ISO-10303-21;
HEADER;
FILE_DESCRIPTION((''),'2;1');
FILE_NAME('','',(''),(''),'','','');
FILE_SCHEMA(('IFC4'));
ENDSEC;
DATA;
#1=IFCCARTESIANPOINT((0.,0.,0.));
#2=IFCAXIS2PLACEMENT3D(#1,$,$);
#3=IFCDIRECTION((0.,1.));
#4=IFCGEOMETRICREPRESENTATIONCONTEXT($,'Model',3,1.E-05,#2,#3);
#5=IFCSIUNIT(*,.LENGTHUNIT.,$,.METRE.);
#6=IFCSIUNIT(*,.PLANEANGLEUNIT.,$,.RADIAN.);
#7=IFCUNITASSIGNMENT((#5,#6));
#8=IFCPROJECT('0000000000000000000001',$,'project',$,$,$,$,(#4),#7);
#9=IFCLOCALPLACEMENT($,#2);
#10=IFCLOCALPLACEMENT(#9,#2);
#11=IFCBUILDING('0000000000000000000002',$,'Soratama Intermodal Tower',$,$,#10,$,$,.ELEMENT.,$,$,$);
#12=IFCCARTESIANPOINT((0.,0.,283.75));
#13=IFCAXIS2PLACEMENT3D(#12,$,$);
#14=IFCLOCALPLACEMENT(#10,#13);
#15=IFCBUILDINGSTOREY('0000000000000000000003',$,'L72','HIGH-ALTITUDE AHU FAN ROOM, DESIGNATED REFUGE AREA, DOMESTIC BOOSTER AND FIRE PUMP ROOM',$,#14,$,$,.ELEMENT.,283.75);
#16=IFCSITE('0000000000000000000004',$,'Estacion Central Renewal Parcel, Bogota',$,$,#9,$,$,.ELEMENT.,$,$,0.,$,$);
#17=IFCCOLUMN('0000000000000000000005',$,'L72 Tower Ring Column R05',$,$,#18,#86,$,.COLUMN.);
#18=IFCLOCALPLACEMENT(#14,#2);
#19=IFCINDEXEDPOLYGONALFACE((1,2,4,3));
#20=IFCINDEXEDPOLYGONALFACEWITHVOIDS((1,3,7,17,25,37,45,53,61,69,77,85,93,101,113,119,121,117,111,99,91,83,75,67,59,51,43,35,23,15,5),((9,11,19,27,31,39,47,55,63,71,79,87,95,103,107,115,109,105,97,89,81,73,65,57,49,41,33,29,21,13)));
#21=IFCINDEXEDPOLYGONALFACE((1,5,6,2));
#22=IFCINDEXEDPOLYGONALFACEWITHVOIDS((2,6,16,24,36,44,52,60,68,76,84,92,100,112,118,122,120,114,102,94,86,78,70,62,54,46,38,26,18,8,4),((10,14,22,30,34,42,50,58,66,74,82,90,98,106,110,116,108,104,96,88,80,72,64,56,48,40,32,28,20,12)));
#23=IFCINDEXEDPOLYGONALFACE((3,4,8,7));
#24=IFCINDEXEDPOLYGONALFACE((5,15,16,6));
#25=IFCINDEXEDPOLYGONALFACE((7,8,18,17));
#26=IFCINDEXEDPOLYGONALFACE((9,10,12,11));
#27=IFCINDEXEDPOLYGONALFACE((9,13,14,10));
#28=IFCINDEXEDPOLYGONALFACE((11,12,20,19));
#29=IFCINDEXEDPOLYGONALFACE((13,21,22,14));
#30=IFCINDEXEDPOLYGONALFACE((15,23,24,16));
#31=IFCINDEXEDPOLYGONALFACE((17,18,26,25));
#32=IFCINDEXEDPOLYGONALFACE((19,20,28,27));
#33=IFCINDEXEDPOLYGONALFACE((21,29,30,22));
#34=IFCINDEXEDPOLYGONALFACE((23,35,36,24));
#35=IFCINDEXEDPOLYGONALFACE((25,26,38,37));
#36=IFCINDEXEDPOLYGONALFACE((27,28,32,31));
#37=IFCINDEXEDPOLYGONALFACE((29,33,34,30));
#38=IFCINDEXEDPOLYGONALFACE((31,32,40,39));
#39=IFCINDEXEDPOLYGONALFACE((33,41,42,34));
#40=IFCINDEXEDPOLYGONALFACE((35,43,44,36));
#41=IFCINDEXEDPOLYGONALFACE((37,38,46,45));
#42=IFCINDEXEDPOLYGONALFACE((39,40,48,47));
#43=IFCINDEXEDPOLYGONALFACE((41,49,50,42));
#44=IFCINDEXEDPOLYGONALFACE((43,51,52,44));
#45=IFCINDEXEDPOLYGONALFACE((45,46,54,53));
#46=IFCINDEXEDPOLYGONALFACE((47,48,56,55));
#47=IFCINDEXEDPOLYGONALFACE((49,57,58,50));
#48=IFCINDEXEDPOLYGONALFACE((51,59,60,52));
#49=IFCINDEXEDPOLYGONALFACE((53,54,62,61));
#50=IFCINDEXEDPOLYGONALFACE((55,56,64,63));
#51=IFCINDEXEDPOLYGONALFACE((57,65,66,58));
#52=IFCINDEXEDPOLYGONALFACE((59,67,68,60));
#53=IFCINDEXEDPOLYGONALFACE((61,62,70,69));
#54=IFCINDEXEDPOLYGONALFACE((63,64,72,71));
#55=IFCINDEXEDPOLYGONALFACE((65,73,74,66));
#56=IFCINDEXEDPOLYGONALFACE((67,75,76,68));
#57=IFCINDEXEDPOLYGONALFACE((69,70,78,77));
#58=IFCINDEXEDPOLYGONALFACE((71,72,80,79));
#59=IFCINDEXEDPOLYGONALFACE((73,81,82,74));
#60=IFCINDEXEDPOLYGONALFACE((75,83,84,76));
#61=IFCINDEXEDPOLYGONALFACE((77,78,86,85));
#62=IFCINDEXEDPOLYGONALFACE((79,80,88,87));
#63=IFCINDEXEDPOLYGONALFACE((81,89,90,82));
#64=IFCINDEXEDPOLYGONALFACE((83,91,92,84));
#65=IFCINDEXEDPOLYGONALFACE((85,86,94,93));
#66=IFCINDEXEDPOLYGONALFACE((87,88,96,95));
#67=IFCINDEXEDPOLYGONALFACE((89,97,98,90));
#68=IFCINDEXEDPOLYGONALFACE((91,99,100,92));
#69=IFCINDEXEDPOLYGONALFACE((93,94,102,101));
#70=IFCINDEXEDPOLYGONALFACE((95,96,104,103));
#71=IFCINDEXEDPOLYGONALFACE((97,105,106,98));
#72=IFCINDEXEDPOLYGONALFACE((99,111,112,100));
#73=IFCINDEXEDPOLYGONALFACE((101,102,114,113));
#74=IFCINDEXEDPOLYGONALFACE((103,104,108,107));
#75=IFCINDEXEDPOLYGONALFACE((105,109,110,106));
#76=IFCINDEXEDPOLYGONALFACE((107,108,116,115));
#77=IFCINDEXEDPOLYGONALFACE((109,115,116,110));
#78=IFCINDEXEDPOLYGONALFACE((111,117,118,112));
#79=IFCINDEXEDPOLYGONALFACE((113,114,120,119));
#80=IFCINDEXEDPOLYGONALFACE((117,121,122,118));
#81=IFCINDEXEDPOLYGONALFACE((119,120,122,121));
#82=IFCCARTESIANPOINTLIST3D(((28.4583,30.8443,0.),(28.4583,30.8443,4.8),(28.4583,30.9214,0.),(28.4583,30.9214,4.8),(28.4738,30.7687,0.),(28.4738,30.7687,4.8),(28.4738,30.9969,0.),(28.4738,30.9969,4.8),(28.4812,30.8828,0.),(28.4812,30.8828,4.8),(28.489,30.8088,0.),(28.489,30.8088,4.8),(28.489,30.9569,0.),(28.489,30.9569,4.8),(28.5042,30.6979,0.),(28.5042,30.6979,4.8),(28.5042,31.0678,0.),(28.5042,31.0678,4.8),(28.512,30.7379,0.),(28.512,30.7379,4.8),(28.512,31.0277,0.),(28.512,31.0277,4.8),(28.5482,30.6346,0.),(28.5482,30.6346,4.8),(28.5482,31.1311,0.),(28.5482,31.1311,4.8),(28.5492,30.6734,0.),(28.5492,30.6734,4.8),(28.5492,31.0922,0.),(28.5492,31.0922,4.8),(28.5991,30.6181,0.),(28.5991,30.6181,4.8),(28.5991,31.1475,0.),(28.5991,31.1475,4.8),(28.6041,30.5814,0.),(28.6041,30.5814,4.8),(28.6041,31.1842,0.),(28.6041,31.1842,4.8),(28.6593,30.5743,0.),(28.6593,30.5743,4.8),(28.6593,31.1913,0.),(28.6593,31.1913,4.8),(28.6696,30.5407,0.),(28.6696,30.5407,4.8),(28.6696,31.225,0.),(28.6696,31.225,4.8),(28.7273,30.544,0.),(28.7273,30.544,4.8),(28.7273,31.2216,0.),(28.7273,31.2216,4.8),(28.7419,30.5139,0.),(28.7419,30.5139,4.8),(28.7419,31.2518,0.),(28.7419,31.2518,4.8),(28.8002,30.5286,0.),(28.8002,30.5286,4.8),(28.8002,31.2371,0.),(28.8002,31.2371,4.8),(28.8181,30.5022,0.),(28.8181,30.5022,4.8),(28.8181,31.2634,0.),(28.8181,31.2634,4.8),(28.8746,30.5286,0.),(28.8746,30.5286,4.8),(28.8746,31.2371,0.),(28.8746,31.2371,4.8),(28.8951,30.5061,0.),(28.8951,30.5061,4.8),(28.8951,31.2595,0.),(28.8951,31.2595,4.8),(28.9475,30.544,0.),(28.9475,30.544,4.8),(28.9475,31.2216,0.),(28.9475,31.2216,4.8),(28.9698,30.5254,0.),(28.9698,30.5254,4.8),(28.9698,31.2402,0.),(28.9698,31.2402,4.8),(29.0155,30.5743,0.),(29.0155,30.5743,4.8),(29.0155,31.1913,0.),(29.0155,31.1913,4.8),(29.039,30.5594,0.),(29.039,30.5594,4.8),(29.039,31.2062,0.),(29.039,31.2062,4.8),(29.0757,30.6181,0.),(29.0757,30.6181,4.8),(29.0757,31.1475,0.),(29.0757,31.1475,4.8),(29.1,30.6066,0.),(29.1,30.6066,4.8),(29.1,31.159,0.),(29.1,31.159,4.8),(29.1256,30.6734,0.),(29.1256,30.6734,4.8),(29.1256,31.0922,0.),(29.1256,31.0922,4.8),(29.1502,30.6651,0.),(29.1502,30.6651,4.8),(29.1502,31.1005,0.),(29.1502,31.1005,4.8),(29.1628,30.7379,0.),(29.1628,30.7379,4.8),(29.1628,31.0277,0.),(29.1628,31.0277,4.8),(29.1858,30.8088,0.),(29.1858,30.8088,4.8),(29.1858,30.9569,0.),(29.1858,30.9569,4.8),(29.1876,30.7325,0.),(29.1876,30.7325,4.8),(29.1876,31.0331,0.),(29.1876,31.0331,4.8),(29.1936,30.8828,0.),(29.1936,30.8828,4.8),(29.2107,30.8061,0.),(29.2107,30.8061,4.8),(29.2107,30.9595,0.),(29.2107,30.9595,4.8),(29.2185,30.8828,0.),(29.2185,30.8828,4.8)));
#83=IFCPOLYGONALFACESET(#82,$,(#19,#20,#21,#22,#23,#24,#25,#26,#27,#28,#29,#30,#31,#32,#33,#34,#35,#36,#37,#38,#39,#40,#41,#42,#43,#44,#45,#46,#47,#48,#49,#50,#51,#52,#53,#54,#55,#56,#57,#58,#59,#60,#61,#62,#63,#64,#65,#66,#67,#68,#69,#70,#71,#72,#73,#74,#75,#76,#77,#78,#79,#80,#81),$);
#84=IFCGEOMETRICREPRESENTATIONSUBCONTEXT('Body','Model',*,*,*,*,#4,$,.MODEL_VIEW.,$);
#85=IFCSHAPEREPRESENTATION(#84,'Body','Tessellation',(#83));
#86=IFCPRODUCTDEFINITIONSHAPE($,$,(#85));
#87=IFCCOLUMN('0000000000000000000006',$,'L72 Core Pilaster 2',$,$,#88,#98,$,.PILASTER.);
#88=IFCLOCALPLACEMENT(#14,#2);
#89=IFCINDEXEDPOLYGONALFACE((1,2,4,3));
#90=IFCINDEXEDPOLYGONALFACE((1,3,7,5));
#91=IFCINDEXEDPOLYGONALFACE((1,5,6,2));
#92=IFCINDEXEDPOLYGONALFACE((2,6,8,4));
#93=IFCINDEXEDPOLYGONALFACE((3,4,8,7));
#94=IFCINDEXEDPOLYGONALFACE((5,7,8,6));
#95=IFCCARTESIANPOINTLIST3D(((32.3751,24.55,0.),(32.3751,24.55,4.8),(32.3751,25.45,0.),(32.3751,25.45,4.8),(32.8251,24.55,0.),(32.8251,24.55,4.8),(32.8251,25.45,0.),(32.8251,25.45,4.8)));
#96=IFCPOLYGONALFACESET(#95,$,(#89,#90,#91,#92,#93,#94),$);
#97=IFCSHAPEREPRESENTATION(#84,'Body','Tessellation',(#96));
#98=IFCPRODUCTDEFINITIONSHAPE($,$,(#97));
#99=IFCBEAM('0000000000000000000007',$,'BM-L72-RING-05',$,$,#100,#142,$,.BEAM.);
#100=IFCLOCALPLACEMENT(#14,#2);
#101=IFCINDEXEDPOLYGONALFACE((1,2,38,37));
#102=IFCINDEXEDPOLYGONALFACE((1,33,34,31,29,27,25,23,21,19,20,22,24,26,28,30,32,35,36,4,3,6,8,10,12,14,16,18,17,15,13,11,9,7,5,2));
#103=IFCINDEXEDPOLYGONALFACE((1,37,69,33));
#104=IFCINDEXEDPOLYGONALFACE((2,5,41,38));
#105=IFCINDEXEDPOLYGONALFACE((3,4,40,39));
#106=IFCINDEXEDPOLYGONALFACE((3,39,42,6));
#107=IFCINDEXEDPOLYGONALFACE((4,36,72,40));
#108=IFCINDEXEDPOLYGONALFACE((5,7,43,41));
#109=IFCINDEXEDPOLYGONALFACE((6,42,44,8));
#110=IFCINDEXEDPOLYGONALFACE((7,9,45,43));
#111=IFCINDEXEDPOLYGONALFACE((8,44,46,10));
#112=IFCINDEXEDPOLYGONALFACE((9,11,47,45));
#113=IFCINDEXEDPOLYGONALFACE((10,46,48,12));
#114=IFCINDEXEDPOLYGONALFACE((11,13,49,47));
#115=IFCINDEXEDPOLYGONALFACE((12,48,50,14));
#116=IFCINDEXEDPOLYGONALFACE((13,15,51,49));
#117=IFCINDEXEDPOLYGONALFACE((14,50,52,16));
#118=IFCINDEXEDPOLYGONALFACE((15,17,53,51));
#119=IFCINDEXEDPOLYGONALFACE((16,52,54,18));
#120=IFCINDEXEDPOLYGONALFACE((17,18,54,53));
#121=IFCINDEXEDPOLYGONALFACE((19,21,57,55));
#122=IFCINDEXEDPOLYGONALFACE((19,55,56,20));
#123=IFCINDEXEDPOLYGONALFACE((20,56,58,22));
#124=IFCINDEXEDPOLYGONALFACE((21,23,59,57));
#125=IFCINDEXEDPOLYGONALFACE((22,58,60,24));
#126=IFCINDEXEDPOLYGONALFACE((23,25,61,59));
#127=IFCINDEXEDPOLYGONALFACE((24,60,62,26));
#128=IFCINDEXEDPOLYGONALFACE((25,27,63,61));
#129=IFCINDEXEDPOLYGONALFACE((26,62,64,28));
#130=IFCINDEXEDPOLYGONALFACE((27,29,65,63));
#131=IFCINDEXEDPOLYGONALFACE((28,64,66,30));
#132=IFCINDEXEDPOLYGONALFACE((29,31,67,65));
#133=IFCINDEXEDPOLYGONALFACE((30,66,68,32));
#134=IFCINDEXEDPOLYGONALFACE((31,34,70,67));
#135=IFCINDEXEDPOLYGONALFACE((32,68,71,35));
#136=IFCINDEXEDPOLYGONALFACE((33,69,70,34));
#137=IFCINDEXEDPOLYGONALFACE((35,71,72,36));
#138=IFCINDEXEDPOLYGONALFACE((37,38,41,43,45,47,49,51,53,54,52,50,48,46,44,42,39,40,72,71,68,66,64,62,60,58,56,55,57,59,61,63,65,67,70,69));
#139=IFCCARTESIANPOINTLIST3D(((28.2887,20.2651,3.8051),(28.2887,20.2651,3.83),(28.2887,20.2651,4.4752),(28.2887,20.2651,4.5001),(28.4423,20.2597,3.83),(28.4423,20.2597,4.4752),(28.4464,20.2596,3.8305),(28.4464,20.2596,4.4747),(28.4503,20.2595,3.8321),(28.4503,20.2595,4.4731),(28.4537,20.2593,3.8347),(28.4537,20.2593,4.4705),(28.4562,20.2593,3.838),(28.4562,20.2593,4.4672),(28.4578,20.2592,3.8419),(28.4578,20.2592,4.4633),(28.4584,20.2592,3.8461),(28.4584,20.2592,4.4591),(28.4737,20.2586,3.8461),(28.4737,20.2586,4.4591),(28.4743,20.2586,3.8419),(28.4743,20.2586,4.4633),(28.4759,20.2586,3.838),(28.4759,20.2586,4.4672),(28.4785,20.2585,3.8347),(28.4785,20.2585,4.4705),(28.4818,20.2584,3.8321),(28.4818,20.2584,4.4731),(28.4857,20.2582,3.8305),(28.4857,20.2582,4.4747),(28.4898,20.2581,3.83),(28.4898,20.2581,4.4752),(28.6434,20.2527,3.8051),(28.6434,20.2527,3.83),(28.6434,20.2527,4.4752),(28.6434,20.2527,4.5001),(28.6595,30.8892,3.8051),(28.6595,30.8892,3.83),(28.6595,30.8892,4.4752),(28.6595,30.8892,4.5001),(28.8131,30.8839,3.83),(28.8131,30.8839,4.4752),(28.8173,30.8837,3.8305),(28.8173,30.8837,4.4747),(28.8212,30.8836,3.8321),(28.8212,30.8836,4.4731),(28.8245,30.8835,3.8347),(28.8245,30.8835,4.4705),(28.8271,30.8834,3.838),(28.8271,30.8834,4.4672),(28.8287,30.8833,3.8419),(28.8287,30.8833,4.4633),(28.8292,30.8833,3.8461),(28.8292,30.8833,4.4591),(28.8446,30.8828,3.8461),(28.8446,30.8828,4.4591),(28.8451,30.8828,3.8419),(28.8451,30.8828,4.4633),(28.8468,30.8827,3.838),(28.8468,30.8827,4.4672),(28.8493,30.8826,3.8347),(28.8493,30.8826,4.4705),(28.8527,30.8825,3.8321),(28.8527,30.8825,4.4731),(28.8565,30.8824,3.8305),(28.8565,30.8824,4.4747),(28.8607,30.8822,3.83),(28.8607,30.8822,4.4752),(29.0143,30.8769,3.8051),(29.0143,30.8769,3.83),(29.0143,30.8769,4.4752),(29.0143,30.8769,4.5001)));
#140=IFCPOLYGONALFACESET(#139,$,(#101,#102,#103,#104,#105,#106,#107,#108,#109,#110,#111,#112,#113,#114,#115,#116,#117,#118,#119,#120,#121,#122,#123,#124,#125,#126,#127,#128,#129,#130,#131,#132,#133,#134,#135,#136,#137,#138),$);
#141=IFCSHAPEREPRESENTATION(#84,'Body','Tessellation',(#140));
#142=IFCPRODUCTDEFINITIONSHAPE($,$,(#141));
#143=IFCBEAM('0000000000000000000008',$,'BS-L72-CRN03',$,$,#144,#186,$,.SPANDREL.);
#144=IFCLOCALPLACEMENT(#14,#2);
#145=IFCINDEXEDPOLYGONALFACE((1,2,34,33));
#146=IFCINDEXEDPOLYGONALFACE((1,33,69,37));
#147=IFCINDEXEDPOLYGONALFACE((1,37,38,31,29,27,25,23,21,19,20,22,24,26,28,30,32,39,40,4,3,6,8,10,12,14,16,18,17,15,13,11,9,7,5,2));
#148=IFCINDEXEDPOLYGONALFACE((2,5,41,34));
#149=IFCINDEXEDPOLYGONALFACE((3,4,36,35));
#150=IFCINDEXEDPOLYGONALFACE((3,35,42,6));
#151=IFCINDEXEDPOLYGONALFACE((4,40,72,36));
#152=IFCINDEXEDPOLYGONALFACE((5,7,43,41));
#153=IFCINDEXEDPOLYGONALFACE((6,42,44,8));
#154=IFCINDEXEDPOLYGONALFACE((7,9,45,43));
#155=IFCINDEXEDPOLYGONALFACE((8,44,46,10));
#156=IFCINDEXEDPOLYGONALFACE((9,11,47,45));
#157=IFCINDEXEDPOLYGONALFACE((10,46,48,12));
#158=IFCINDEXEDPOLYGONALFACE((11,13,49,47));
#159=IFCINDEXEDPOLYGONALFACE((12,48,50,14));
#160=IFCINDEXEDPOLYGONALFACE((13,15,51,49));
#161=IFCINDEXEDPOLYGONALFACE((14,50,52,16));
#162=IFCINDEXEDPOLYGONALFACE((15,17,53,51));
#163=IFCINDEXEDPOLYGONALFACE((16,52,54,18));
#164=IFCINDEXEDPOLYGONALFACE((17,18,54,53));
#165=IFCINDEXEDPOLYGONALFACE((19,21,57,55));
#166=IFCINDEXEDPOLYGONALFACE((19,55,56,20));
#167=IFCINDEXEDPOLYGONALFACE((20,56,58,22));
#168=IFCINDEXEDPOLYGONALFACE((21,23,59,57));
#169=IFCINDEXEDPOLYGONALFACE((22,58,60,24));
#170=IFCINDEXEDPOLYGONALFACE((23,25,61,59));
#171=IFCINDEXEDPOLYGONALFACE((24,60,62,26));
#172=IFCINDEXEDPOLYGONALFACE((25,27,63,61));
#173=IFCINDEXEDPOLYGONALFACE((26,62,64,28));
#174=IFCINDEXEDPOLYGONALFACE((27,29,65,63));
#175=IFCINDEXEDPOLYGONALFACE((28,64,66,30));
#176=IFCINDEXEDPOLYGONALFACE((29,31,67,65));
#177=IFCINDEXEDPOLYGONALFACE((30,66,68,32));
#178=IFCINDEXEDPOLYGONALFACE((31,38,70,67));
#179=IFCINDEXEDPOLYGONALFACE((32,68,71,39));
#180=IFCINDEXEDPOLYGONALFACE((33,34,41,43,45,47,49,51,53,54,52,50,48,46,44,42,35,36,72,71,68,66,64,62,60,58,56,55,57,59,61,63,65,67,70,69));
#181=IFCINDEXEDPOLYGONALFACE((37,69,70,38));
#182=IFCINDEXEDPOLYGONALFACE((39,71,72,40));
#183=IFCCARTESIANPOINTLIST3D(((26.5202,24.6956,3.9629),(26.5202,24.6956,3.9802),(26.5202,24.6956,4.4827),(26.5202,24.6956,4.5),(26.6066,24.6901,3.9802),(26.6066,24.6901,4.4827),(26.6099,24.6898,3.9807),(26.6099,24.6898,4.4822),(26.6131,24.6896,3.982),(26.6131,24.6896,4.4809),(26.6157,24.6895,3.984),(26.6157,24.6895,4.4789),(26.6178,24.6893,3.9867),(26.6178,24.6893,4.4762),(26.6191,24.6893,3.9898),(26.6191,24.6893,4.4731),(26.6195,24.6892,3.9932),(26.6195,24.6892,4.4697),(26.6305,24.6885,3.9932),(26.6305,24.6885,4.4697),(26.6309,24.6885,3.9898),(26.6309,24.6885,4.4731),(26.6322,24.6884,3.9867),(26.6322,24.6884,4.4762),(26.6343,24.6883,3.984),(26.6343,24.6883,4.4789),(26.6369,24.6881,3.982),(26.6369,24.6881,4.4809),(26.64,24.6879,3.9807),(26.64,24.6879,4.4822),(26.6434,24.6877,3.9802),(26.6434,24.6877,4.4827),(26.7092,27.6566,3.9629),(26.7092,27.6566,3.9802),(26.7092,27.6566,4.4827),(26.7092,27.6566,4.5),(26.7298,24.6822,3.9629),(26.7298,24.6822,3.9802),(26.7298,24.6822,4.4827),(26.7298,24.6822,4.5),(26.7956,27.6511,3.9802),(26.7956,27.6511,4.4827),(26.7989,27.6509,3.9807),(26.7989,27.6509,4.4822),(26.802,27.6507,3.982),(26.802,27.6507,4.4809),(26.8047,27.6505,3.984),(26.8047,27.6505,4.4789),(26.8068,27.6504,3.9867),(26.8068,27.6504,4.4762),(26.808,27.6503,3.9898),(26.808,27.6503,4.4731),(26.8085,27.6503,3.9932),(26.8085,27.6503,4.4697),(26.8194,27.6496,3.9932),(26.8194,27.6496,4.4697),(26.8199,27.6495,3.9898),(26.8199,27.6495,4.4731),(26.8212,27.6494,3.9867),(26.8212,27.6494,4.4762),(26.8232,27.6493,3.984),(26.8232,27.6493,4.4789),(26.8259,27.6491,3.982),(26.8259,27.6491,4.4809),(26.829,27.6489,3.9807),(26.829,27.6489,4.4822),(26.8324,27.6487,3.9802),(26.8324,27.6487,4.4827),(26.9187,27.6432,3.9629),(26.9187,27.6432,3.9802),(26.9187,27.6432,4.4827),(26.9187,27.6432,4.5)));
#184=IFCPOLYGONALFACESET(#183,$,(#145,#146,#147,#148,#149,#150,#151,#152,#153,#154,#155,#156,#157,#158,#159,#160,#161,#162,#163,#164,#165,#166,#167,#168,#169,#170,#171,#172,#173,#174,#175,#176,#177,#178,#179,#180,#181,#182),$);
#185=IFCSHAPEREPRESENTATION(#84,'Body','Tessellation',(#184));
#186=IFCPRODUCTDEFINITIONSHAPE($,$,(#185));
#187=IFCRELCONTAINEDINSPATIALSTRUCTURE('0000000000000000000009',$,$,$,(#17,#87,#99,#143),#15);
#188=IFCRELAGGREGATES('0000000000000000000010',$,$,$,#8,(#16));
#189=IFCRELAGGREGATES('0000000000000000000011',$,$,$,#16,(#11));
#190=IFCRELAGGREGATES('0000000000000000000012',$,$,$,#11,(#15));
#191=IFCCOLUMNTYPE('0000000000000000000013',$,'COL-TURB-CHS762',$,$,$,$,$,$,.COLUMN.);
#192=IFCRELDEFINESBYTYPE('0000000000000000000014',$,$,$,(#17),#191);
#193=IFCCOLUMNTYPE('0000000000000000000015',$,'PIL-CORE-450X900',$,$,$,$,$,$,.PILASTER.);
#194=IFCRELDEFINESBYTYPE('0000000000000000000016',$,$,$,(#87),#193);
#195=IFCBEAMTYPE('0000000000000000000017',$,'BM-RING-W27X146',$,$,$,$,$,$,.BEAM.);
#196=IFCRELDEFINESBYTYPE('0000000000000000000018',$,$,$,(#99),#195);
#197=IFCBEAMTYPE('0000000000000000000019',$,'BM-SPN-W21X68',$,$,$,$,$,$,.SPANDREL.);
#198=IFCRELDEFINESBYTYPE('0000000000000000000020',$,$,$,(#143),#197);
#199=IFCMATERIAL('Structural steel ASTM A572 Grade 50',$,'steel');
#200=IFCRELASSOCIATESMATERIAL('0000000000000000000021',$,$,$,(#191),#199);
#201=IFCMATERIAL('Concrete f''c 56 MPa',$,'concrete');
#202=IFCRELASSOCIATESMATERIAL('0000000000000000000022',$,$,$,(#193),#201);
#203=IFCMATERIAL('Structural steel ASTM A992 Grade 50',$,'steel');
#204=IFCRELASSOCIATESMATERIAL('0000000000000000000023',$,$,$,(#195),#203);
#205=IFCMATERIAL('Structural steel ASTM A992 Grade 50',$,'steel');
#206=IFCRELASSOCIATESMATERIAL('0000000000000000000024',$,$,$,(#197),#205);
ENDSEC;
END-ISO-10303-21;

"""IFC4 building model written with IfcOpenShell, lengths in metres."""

from ifc_helpers import new_model, si_unit, direction, frame, origin, origin_2d, place, context, subcontext, project, spatial, rectangle, hollow_circle, i_section, extrude, material, material_profile, profile_set, type_object, element, save


model = new_model("IFC4")

# Units and contexts
model_context = context("Model", 3, precision=1e-05, world=origin(), true_north=direction((0.0, 1.0)))
body_context = subcontext(model_context, "Body", "Model", "MODEL_VIEW")
ifc_project = project(units=[si_unit("LENGTHUNIT", "METRE"), si_unit("PLANEANGLEUNIT", "RADIAN")], contexts=[model_context])

# Site, building, storey
site_placement = place(None, origin())
site = spatial("IfcSite", under=ifc_project, at=site_placement, Name="Estacion Central Renewal Parcel, Bogota", CompositionType="ELEMENT", RefElevation=0.0)
building_placement = place(site_placement, origin())
building = spatial("IfcBuilding", under=site, at=building_placement, Name="Soratama Intermodal Tower", CompositionType="ELEMENT")
storey_placement = place(building_placement, frame((0.0, 0.0, 283.75)))
storey = spatial("IfcBuildingStorey", under=building, at=storey_placement, Name="L72", Description="HIGH-ALTITUDE AHU FAN ROOM, DESIGNATED REFUGE AREA, DOMESTIC BOOSTER AND FIRE PUMP ROOM", CompositionType="ELEMENT", Elevation=283.75)

# Columns
ifc_material_1 = material(Name="Structural steel ASTM A572 Grade 50", Category="steel")
ifc_material_profile_1 = material_profile(ifc_material_1, hollow_circle(Radius=0.3811, WallThickness=0.0249, at=origin_2d()), Name="CHS762X25")
ifc_profile_set_1 = profile_set([ifc_material_profile_1], Name="Structural steel ASTM A572 Grade 50")
column_type_1 = type_object("IfcColumnType", Name="COL-TURB-CHS762", PredefinedType="COLUMN", material=ifc_profile_set_1)
column_1_placement = place(storey_placement, frame((28.8374, 30.8828, 0.0), z_axis=(0.0, 0.0, 1.0), x_axis=(1.0, 0.0, 0.0)))
element("IfcColumn", 1, at=column_1_placement, inside=storey, type_object=column_type_1, Name="L72 Tower Ring Column R05", PredefinedType="COLUMN", context=body_context, shape_type="SweptSolid", body=[
    extrude(hollow_circle(Radius=0.3811, WallThickness=0.0249, at=origin_2d()), origin(), (0.0, 0.0, 1.0), 4.8),
])
ifc_material_2 = material(Name="Concrete f'c 56 MPa", Category="concrete")
ifc_material_profile_2 = material_profile(ifc_material_2, rectangle(XDim=0.45, YDim=0.8999, at=origin_2d()), Name="RC450X900")
ifc_profile_set_2 = profile_set([ifc_material_profile_2], Name="Concrete f'c 56 MPa")
column_type_2 = type_object("IfcColumnType", Name="PIL-CORE-450X900", PredefinedType="PILASTER", material=ifc_profile_set_2)
column_2_placement = place(storey_placement, frame((32.6001, 25.0, 0.0), z_axis=(0.0, 0.0, 1.0), x_axis=(1.0, 0.0, 0.0)))
element("IfcColumn", 2, at=column_2_placement, inside=storey, type_object=column_type_2, Name="L72 Core Pilaster 2", PredefinedType="PILASTER", context=body_context, shape_type="SweptSolid", body=[
    extrude(rectangle(XDim=0.45, YDim=0.8999, at=origin_2d()), origin(), (0.0, 0.0, 1.0), 4.8),
])

# Beams
ifc_material_3 = material(Name="Structural steel ASTM A992 Grade 50", Category="steel")
ifc_material_profile_3 = material_profile(ifc_material_3, i_section(OverallWidth=0.355, OverallDepth=0.6951, WebThickness=0.0154, FlangeThickness=0.0249, FilletRadius=0.0161, at=origin_2d()), Name="W27X146")
ifc_profile_set_3 = profile_set([ifc_material_profile_3], Name="Structural steel ASTM A992 Grade 50")
beam_type_1 = type_object("IfcBeamType", Name="BM-RING-W27X146", PredefinedType="BEAM", material=ifc_profile_set_3)
beam_1_placement = place(storey_placement, frame((28.8369, 30.8831, 4.1526), z_axis=(-0.034885, -0.999391, 0.0), x_axis=(0.999391, -0.034885, 0.0)))
element("IfcBeam", 3, at=beam_1_placement, inside=storey, type_object=beam_type_1, Name="BM-L72-RING-05", PredefinedType="BEAM", context=body_context, shape_type="SweptSolid", body=[
    extrude(i_section(OverallWidth=0.355, OverallDepth=0.6951, WebThickness=0.0154, FlangeThickness=0.0249, FilletRadius=0.0161, at=origin_2d()), origin(), (0.0, 0.0, 1.0), 10.6306),
])
ifc_material_4 = material(Name="Structural steel ASTM A992 Grade 50", Category="steel")
ifc_material_profile_4 = material_profile(ifc_material_4, i_section(OverallWidth=0.21, OverallDepth=0.5371, WebThickness=0.011, FlangeThickness=0.0173, FilletRadius=0.0129, at=origin_2d()), Name="W21X68")
ifc_profile_set_4 = profile_set([ifc_material_profile_4], Name="Structural steel ASTM A992 Grade 50")
beam_type_2 = type_object("IfcBeamType", Name="BM-SPN-W21X68", PredefinedType="SPANDREL", material=ifc_profile_set_4)
beam_2_placement = place(storey_placement, frame((26.814, 27.6499, 4.2314), z_axis=(-0.06369, -0.99797, 0.0), x_axis=(0.99797, -0.06369, 0.0)))
element("IfcBeam", 4, at=beam_2_placement, inside=storey, type_object=beam_type_2, Name="BS-L72-CRN03", PredefinedType="SPANDREL", context=body_context, shape_type="SweptSolid", body=[
    extrude(i_section(OverallWidth=0.21, OverallDepth=0.5371, WebThickness=0.011, FlangeThickness=0.0173, FilletRadius=0.0129, at=origin_2d()), origin(), (0.0, 0.0, 1.0), 2.967),
])

save(model, "model.ifc")
